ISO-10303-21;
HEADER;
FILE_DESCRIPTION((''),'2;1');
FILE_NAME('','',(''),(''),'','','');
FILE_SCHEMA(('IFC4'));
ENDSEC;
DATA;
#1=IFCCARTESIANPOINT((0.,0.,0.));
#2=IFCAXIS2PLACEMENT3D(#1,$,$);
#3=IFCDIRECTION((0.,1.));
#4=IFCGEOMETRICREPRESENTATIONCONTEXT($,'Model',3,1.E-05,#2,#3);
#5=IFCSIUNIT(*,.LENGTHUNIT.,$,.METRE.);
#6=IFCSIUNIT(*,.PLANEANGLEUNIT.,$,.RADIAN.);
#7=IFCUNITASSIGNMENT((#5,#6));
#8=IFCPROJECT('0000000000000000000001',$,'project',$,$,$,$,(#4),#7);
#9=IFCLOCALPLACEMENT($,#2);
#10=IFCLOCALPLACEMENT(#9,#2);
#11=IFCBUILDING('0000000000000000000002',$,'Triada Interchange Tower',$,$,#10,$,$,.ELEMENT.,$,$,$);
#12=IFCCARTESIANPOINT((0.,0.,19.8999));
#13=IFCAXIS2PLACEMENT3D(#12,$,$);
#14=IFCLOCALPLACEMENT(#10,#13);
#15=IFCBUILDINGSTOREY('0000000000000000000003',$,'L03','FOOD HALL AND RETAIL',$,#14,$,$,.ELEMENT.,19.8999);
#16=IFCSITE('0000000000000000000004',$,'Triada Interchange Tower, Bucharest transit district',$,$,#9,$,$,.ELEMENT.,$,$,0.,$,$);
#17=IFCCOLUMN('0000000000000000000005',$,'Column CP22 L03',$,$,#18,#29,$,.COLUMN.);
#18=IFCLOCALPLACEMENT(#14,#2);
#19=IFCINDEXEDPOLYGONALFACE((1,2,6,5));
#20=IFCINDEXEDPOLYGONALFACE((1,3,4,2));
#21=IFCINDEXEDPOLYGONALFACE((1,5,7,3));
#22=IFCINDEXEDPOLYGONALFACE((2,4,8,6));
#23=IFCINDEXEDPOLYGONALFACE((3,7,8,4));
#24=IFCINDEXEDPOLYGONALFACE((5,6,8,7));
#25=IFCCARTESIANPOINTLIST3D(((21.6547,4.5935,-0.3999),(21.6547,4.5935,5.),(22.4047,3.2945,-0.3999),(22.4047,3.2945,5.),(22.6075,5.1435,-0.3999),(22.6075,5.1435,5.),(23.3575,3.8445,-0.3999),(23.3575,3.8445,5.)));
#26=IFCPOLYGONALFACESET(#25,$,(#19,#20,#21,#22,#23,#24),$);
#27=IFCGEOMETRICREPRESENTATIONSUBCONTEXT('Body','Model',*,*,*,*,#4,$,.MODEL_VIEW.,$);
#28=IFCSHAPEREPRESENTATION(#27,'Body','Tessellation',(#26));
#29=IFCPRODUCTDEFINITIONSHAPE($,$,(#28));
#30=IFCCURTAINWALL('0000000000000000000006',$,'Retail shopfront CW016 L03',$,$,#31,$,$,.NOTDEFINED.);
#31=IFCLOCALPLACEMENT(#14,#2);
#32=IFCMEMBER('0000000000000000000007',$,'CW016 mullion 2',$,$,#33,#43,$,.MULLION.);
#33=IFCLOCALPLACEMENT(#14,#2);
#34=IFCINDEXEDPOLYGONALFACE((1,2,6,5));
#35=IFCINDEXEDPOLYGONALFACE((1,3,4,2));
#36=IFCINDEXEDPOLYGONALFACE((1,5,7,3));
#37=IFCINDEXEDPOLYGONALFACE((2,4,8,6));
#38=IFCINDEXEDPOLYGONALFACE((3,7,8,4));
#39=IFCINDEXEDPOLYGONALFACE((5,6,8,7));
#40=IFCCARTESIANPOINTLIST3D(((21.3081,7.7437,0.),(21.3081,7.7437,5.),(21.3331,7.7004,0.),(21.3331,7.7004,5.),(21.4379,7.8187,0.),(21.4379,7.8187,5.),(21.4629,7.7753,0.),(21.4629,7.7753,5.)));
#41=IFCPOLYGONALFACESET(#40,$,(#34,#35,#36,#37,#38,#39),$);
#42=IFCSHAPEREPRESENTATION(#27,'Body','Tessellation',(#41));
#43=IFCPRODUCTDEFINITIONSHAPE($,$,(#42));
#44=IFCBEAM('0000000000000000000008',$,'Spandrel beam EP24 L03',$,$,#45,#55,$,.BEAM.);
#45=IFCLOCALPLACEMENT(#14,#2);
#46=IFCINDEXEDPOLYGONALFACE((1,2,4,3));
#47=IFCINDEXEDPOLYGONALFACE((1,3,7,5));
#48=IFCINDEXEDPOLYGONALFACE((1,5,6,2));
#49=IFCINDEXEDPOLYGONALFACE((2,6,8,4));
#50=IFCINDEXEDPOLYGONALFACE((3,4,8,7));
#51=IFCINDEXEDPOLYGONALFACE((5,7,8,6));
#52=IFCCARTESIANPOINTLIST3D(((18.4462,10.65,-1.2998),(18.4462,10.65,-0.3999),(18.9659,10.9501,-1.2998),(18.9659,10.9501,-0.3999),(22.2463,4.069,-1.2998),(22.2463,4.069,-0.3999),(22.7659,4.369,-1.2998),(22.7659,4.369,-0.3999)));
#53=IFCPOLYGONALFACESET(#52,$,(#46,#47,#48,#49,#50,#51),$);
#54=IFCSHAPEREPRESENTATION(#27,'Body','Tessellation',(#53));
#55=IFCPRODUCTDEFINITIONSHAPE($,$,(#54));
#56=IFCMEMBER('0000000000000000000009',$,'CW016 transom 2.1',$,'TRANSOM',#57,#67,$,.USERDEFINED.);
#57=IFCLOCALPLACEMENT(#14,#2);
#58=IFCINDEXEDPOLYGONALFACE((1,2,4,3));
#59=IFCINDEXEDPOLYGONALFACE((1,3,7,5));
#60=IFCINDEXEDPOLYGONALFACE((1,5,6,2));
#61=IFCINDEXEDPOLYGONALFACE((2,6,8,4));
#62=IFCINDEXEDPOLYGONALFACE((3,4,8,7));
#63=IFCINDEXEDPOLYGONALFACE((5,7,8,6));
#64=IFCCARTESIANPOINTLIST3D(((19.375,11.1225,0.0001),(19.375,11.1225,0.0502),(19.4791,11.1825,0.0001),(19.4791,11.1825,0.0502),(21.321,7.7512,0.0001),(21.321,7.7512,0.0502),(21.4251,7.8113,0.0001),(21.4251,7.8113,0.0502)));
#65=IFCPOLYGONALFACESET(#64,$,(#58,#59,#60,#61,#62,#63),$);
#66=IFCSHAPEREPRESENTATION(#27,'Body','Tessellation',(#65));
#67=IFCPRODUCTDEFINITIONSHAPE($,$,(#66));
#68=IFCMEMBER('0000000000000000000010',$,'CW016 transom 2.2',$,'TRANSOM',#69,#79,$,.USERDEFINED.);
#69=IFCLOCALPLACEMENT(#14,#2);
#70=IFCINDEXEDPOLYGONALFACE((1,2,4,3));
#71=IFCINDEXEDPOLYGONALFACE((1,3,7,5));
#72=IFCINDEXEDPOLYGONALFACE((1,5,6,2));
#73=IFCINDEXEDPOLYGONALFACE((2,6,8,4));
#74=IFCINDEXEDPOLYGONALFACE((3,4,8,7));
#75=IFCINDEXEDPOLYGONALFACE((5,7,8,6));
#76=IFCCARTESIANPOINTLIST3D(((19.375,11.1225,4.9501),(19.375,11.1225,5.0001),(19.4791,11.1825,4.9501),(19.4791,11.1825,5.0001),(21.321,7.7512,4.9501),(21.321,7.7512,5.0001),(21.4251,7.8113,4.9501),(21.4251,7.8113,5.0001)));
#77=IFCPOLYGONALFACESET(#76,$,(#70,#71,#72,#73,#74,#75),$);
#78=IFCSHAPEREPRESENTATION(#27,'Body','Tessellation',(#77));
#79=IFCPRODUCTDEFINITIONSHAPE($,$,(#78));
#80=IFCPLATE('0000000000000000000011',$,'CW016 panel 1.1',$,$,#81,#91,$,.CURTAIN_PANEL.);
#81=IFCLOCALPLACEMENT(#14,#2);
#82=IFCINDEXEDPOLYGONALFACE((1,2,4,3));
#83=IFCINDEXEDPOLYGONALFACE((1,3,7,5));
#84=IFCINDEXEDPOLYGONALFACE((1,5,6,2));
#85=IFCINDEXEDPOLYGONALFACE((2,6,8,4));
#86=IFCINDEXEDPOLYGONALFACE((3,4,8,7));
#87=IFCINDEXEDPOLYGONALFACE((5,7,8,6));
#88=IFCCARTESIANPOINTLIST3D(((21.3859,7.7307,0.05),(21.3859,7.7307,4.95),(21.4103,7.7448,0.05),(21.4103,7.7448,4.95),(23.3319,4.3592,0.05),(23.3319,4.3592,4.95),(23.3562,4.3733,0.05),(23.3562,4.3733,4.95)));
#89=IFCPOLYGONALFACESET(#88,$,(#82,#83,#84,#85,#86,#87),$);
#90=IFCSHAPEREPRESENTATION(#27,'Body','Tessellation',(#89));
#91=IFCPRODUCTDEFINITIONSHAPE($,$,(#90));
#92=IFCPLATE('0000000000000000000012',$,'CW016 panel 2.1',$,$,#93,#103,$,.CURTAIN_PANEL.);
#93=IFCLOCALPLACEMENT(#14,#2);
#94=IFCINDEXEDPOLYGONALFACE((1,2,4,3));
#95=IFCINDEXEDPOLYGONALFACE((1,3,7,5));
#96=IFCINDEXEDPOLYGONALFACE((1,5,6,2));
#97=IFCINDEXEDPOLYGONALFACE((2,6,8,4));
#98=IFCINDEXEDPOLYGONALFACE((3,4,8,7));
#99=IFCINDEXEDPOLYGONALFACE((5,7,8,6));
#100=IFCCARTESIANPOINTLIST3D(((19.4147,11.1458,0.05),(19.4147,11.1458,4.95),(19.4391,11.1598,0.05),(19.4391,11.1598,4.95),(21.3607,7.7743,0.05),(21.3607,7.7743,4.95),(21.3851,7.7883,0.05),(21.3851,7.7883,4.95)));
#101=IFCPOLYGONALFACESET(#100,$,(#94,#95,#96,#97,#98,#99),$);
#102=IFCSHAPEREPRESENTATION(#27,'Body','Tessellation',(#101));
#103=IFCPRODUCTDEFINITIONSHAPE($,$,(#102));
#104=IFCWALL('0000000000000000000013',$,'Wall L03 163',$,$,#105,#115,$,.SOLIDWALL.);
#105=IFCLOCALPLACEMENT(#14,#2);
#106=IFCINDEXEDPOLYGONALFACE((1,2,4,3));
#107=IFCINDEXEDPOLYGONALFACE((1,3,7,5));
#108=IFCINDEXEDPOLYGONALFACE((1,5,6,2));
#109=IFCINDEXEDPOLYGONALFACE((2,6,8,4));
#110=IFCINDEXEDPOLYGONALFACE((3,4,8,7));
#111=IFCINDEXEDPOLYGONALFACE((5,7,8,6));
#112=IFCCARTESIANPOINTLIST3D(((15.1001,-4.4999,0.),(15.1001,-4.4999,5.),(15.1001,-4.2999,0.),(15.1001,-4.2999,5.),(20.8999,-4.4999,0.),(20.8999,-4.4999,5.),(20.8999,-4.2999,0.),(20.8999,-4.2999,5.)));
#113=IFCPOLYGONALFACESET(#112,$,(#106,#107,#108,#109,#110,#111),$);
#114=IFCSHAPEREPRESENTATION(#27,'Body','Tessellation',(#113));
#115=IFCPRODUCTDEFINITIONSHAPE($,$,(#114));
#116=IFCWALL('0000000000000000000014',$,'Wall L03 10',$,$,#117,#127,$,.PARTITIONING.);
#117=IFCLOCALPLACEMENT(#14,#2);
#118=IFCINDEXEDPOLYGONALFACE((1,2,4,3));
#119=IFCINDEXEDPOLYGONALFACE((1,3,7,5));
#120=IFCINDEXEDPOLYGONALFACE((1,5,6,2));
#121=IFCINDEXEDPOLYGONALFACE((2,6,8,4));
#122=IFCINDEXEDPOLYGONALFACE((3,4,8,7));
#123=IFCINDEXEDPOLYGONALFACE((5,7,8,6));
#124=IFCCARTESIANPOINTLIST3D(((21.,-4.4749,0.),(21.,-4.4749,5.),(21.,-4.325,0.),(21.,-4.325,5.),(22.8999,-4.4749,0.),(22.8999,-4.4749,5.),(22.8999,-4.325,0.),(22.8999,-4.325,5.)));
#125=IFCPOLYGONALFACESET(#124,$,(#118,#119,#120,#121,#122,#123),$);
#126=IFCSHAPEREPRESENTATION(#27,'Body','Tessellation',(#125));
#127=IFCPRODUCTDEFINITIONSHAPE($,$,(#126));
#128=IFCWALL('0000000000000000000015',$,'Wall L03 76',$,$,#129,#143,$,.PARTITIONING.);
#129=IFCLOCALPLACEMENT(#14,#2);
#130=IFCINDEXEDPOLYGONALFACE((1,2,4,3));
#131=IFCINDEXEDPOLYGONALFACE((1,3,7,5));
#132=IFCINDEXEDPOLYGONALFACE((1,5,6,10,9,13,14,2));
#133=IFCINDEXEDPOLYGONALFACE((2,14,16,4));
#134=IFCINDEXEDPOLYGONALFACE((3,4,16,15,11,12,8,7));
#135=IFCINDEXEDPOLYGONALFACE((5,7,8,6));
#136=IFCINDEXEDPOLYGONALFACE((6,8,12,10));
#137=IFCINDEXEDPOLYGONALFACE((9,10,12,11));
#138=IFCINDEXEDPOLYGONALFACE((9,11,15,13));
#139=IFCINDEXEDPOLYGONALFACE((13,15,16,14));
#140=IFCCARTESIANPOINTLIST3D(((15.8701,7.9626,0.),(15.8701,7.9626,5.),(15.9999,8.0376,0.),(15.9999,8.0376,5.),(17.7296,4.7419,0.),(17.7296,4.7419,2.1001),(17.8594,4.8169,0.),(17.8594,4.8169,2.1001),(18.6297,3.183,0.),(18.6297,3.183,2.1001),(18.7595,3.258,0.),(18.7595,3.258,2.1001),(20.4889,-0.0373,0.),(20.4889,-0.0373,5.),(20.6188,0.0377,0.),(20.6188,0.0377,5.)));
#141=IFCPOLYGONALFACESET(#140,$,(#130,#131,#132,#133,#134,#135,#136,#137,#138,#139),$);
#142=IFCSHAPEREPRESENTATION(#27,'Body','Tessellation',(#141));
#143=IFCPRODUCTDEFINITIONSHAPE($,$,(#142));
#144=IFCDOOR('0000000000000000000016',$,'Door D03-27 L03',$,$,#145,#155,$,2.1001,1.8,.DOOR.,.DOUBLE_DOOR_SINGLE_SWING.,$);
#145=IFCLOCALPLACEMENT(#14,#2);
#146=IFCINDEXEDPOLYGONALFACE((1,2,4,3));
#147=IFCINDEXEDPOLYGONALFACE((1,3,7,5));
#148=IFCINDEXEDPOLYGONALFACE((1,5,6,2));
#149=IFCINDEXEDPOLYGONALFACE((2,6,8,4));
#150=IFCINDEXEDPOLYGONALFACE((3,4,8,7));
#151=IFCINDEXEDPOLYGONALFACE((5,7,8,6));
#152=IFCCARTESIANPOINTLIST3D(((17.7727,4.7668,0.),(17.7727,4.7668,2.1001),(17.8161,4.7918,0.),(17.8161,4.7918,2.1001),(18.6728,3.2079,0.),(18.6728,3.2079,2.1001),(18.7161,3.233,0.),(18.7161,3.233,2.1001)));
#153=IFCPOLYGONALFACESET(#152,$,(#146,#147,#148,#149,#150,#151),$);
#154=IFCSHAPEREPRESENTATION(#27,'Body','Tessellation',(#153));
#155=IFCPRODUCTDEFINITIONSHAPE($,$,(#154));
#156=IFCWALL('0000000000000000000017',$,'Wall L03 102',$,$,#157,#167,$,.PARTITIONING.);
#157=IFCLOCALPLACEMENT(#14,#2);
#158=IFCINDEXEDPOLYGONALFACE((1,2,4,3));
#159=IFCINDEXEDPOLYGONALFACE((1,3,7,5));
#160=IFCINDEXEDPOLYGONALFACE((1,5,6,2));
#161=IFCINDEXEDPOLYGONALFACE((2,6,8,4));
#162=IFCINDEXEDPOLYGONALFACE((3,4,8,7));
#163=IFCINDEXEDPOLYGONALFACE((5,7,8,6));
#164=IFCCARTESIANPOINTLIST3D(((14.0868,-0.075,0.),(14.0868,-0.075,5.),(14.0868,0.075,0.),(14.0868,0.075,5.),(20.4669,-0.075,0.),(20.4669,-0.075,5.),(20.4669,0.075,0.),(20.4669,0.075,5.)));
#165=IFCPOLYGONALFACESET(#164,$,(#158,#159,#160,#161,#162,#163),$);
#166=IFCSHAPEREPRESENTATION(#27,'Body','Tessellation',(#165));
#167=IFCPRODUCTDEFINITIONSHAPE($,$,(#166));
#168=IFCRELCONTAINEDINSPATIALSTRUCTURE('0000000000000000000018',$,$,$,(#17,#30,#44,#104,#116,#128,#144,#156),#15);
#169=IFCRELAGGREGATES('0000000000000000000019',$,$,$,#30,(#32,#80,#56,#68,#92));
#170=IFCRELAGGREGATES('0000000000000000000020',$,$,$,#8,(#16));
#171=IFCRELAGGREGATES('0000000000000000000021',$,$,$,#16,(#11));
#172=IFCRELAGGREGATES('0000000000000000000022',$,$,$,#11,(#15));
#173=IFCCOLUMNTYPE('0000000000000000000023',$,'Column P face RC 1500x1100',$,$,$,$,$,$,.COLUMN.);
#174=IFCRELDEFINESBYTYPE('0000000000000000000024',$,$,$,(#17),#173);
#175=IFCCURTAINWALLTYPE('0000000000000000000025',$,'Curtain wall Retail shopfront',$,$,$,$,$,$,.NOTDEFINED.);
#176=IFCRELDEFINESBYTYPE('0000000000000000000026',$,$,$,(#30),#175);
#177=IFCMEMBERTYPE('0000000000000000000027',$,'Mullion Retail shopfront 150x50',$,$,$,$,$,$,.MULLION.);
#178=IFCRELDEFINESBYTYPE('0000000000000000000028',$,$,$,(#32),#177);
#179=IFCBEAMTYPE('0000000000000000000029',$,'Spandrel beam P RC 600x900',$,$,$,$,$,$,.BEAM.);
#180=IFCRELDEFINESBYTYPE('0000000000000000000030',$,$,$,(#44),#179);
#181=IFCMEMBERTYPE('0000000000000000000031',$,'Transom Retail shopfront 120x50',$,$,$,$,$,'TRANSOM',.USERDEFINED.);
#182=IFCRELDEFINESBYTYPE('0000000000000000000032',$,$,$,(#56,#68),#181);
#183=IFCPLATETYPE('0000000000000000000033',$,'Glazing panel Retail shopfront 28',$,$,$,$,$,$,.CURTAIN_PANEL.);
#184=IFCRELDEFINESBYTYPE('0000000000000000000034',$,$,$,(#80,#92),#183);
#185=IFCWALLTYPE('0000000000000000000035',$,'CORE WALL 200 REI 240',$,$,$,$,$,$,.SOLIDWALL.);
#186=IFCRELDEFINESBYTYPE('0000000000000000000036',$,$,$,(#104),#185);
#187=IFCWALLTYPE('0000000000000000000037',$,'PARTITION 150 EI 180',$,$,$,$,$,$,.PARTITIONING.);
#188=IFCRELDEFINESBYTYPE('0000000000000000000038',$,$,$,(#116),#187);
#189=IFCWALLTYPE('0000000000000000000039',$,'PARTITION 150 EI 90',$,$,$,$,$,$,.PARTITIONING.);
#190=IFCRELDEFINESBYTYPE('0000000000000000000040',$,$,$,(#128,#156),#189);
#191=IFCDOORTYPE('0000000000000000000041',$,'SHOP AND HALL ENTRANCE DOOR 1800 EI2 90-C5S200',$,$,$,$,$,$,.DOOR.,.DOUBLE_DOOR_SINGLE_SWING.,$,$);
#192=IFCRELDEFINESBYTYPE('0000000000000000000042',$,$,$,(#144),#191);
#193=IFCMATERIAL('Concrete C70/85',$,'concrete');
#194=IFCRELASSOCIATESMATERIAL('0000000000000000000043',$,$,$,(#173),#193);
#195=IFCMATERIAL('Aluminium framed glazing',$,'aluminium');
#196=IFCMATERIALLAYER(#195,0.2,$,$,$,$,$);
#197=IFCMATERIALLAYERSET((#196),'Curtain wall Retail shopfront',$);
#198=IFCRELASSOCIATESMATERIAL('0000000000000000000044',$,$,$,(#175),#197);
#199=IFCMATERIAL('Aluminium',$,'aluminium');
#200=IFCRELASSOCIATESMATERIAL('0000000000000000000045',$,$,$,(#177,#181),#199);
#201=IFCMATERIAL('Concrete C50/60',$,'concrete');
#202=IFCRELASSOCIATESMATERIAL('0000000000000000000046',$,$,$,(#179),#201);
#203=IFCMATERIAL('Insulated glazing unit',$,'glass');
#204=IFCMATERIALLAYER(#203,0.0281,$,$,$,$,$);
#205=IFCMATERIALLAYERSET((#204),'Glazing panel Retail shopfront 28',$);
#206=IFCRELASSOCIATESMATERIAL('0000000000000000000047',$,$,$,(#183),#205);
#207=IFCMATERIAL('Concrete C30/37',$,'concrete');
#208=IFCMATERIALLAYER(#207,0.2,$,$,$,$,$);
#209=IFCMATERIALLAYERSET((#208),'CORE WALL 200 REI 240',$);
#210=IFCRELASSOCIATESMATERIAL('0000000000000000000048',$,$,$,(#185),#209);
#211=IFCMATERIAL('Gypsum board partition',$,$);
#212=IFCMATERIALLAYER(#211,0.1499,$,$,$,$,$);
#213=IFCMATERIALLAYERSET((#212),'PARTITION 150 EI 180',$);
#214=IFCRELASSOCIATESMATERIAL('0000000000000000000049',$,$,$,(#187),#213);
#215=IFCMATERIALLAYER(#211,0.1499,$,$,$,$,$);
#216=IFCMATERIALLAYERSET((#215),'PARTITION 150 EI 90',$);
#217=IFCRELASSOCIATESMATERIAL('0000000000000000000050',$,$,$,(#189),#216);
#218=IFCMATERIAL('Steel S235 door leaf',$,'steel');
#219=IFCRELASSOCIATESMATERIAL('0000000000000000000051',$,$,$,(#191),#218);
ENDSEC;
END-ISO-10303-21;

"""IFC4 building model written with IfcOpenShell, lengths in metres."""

from ifc_helpers import new_model, si_unit, direction, frame, frame_2d, origin, origin_2d, place, context, subcontext, project, spatial, rectangle, extrude, material, layer, layer_set, material_profile, profile_set, type_object, element, fill, aggregate, save


model = new_model("IFC4")

# Units and contexts
model_context = context("Model", 3, precision=1e-05, world=origin(), true_north=direction((0.0, 1.0)))
body_context = subcontext(model_context, "Body", "Model", "MODEL_VIEW")
ifc_project = project(units=[si_unit("LENGTHUNIT", "METRE"), si_unit("PLANEANGLEUNIT", "RADIAN")], contexts=[model_context])

# Site, building, storey
site_placement = place(None, origin())
site = spatial("IfcSite", under=ifc_project, at=site_placement, Name="Triada Interchange Tower, Bucharest transit district", CompositionType="ELEMENT", RefElevation=0.0)
building_placement = place(site_placement, origin())
building = spatial("IfcBuilding", under=site, at=building_placement, Name="Triada Interchange Tower", CompositionType="ELEMENT")
storey_placement = place(building_placement, frame((0.0, 0.0, 19.8999)))
storey = spatial("IfcBuildingStorey", under=building, at=storey_placement, Name="L03", Description="FOOD HALL AND RETAIL", CompositionType="ELEMENT", Elevation=19.8999)

# Column
ifc_material_1 = material(Name="Concrete C70/85", Category="concrete")
ifc_material_profile_1 = material_profile(ifc_material_1, rectangle(XDim=1.5, YDim=1.1001, at=origin_2d()), Name="RC 1500x1100")
ifc_profile_set_1 = profile_set([ifc_material_profile_1], Name="Concrete C70/85")
column_type = type_object("IfcColumnType", Name="Column P face RC 1500x1100", PredefinedType="COLUMN", material=ifc_profile_set_1)
column_placement = place(storey_placement, frame((22.5061, 4.219, -0.3999), z_axis=(0.0, 0.0, 1.0), x_axis=(-0.5, 0.866025, 0.0)))
element("IfcColumn", 1, at=column_placement, inside=storey, type_object=column_type, Name="Column CP22 L03", PredefinedType="COLUMN", context=body_context, shape_type="SweptSolid", body=[
    extrude(rectangle(XDim=1.5, YDim=1.1001, at=origin_2d()), origin(), (0.0, 0.0, 1.0), 5.3999),
])

# Curtain wall, member
ifc_material_2 = material(Name="Aluminium framed glazing", Category="aluminium")
ifc_layer_1 = layer(ifc_material_2, 0.2)
ifc_layer_set_1 = layer_set([ifc_layer_1], Name="Curtain wall Retail shopfront")
curtain_wall_type = type_object("IfcCurtainWallType", Name="Curtain wall Retail shopfront", PredefinedType="NOTDEFINED", material=ifc_layer_set_1)
curtain_wall_placement = place(storey_placement, origin())
curtain_wall = element("IfcCurtainWall", 2, at=curtain_wall_placement, inside=storey, type_object=curtain_wall_type, Name="Retail shopfront CW016 L03", PredefinedType="NOTDEFINED")
ifc_material_3 = material(Name="Aluminium", Category="aluminium")
ifc_material_profile_2 = material_profile(ifc_material_3, rectangle(XDim=0.1499, YDim=0.05, at=origin_2d()), Name="Aluminium mullion")
ifc_profile_set_2 = profile_set([ifc_material_profile_2], Name="Aluminium")
member_type_1 = type_object("IfcMemberType", Name="Mullion Retail shopfront 150x50", PredefinedType="MULLION", material=ifc_profile_set_2)
member_1_placement = place(storey_placement, frame((21.3855, 7.7595, 0.0), z_axis=(0.0, 0.0, 1.0), x_axis=(-0.866087, -0.499893, 0.0)))
member_1 = element("IfcMember", 3, at=member_1_placement, type_object=member_type_1, Name="CW016 mullion 2", PredefinedType="MULLION", context=body_context, shape_type="SweptSolid", body=[
    extrude(rectangle(XDim=0.1499, YDim=0.05, at=origin_2d()), origin(), (0.0, 0.0, 1.0), 5.0),
])

# Beam
ifc_material_4 = material(Name="Concrete C50/60", Category="concrete")
ifc_material_profile_3 = material_profile(ifc_material_4, rectangle(XDim=0.6001, YDim=0.8999, at=origin_2d()), Name="RC 600x900")
ifc_profile_set_3 = profile_set([ifc_material_profile_3], Name="Concrete C50/60")
beam_type_1 = type_object("IfcBeamType", Name="Spandrel beam P RC 600x900", PredefinedType="BEAM", material=ifc_profile_set_3)
beam_1_placement = place(storey_placement, frame((22.5061, 4.219, -0.8499), z_axis=(-0.500047, 0.865998, 0.0), x_axis=(-0.865998, -0.500047, 0.0)))
element("IfcBeam", 4, at=beam_1_placement, inside=storey, type_object=beam_type_1, Name="Spandrel beam EP24 L03", PredefinedType="BEAM", context=body_context, shape_type="SweptSolid", body=[
    extrude(rectangle(XDim=0.6001, YDim=0.8999, at=origin_2d()), origin(), (0.0, 0.0, 1.0), 7.5994),
])

# Members
ifc_material_profile_4 = material_profile(ifc_material_3, rectangle(XDim=0.1201, YDim=0.05, at=origin_2d()), Name="Aluminium transom")
ifc_profile_set_4 = profile_set([ifc_material_profile_4], Name="Aluminium")
member_type_2 = type_object("IfcMemberType", Name="Transom Retail shopfront 120x50", ElementType="TRANSOM", PredefinedType="USERDEFINED", material=ifc_profile_set_4)
member_2_placement = place(storey_placement, frame((21.373, 7.7812, 0.0251), z_axis=(-0.499923, 0.86607, 0.0), x_axis=(-0.86607, -0.499923, 0.0)))
member_2 = element("IfcMember", 5, at=member_2_placement, type_object=member_type_2, Name="CW016 transom 2.1", ObjectType="TRANSOM", PredefinedType="USERDEFINED", context=body_context, shape_type="SweptSolid", body=[
    extrude(rectangle(XDim=0.1201, YDim=0.05, at=origin_2d()), origin(), (0.0, 0.0, 1.0), 3.8926),
])
member_3_placement = place(storey_placement, frame((21.373, 7.7812, 4.9751), z_axis=(-0.499923, 0.86607, 0.0), x_axis=(-0.86607, -0.499923, 0.0)))
member_3 = element("IfcMember", 6, at=member_3_placement, type_object=member_type_2, Name="CW016 transom 2.2", ObjectType="TRANSOM", PredefinedType="USERDEFINED", context=body_context, shape_type="SweptSolid", body=[
    extrude(rectangle(XDim=0.1201, YDim=0.05, at=origin_2d()), origin(), (0.0, 0.0, 1.0), 3.8926),
])

# Plates
ifc_material_5 = material(Name="Insulated glazing unit", Category="glass")
ifc_layer_2 = layer(ifc_material_5, 0.0281)
ifc_layer_set_2 = layer_set([ifc_layer_2], Name="Glazing panel Retail shopfront 28")
plate_type = type_object("IfcPlateType", Name="Glazing panel Retail shopfront 28", PredefinedType="CURTAIN_PANEL", material=ifc_layer_set_2)
plate_1_placement = place(storey_placement, frame((22.3711, 6.052, 0.05), z_axis=(0.0, 0.0, 1.0), x_axis=(-0.499893, 0.866087, 0.0)))
plate_1 = element("IfcPlate", 7, at=plate_1_placement, type_object=plate_type, Name="CW016 panel 1.1", PredefinedType="CURTAIN_PANEL", context=body_context, shape_type="SweptSolid", body=[
    extrude(rectangle(XDim=3.8928, YDim=0.0281, at=origin_2d()), origin(), (0.0, 0.0, 1.0), 4.8999),
])
plate_2_placement = place(storey_placement, frame((20.3999, 9.467, 0.05), z_axis=(0.0, 0.0, 1.0), x_axis=(-0.499893, 0.866087, 0.0)))
plate_2 = element("IfcPlate", 8, at=plate_2_placement, type_object=plate_type, Name="CW016 panel 2.1", PredefinedType="CURTAIN_PANEL", context=body_context, shape_type="SweptSolid", body=[
    extrude(rectangle(XDim=3.8928, YDim=0.0281, at=origin_2d()), origin(), (0.0, 0.0, 1.0), 4.8999),
])
aggregate(curtain_wall, [member_1, plate_1, member_2, member_3, plate_2])

# Walls
ifc_material_6 = material(Name="Concrete C30/37", Category="concrete")
ifc_layer_3 = layer(ifc_material_6, 0.2)
ifc_layer_set_3 = layer_set([ifc_layer_3], Name="CORE WALL 200 REI 240")
wall_type_1 = type_object("IfcWallType", Name="CORE WALL 200 REI 240", PredefinedType="SOLIDWALL", material=ifc_layer_set_3)
wall_1_placement = place(storey_placement, frame((15.1001, -4.3999, 0.0), z_axis=(0.0, 0.0, 1.0), x_axis=(1.0, 0.0, 0.0)))
element("IfcWall", 9, at=wall_1_placement, inside=storey, type_object=wall_type_1, Name="Wall L03 163", PredefinedType="SOLIDWALL", context=body_context, shape_type="SweptSolid", body=[
    extrude(rectangle(XDim=5.7998, YDim=0.2, at=frame_2d((2.8999, 0.0))), origin(), (0.0, 0.0, 1.0), 5.0),
])
ifc_material_7 = material(Name="Gypsum board partition")
ifc_layer_4 = layer(ifc_material_7, 0.1499)
ifc_layer_set_4 = layer_set([ifc_layer_4], Name="PARTITION 150 EI 180")
wall_type_2 = type_object("IfcWallType", Name="PARTITION 150 EI 180", PredefinedType="PARTITIONING", material=ifc_layer_set_4)
wall_2_placement = place(storey_placement, frame((21.0, -4.3999, 0.0), z_axis=(0.0, 0.0, 1.0), x_axis=(1.0, 0.0, 0.0)))
element("IfcWall", 10, at=wall_2_placement, inside=storey, type_object=wall_type_2, Name="Wall L03 10", PredefinedType="PARTITIONING", context=body_context, shape_type="SweptSolid", body=[
    extrude(rectangle(XDim=1.8999, YDim=0.1499, at=frame_2d((0.95, 0.0))), origin(), (0.0, 0.0, 1.0), 5.0),
])

# Wall, opening, door
ifc_layer_5 = layer(ifc_material_7, 0.1499)
ifc_layer_set_5 = layer_set([ifc_layer_5], Name="PARTITION 150 EI 90")
wall_type_3 = type_object("IfcWallType", Name="PARTITION 150 EI 90", PredefinedType="PARTITIONING", material=ifc_layer_set_5)
wall_3_placement = place(storey_placement, frame((15.9351, 8.0, 0.0), z_axis=(0.0, 0.0, 1.0), x_axis=(0.500008, -0.866021, 0.0)))
wall_3 = element("IfcWall", 11, at=wall_3_placement, inside=storey, type_object=wall_type_3, Name="Wall L03 76", PredefinedType="PARTITIONING", context=body_context, shape_type="SweptSolid", body=[
    extrude(rectangle(XDim=9.2375, YDim=0.1499, at=frame_2d((4.6187, 0.0))), origin(), (0.0, 0.0, 1.0), 5.0),
])
opening_placement = place(wall_3_placement, frame((3.719, 0.0, 0.0)))
opening = element("IfcOpeningElement", 12, at=opening_placement, cuts=wall_3, PredefinedType="OPENING", context=body_context, shape_type="SweptSolid", body=[
    extrude(rectangle(XDim=1.8, YDim=2.1001, at=frame_2d((0.8999, 1.05))), frame((0.0, 0.085, 0.0), z_axis=(0.0, -1.0, 0.0), x_axis=(1.0, 0.0, 0.0)), (0.0, 0.0, 1.0), 0.1699),
])
ifc_material_8 = material(Name="Steel S235 door leaf", Category="steel")
door_type = type_object("IfcDoorType", Name="SHOP AND HALL ENTRANCE DOOR 1800 EI2 90-C5S200", OperationType="DOUBLE_DOOR_SINGLE_SWING", PredefinedType="DOOR", material=ifc_material_8)
door_placement = place(opening_placement, origin())
door = element("IfcDoor", 13, at=door_placement, inside=storey, type_object=door_type, Name="Door D03-27 L03", OperationType="DOUBLE_DOOR_SINGLE_SWING", OverallHeight=2.1001, OverallWidth=1.8, PredefinedType="DOOR", context=body_context, shape_type="SweptSolid", body=[
    extrude(rectangle(XDim=1.8, YDim=2.1001, at=frame_2d((0.8999, 1.05))), frame((0.0, 0.0249, 0.0), z_axis=(0.0, -1.0, 0.0), x_axis=(1.0, 0.0, 0.0)), (0.0, 0.0, 1.0), 0.05),
])
fill(opening, door)

# Wall
wall_4_placement = place(storey_placement, frame((14.0869, 0.0, 0.0), z_axis=(0.0, 0.0, 1.0), x_axis=(1.0, 0.0, 0.0)))
element("IfcWall", 14, at=wall_4_placement, inside=storey, type_object=wall_type_3, Name="Wall L03 102", PredefinedType="PARTITIONING", context=body_context, shape_type="SweptSolid", body=[
    extrude(rectangle(XDim=6.3801, YDim=0.1499, at=frame_2d((3.1899, 0.0))), origin(), (0.0, 0.0, 1.0), 5.0),
])

save(model, "model.ifc")
